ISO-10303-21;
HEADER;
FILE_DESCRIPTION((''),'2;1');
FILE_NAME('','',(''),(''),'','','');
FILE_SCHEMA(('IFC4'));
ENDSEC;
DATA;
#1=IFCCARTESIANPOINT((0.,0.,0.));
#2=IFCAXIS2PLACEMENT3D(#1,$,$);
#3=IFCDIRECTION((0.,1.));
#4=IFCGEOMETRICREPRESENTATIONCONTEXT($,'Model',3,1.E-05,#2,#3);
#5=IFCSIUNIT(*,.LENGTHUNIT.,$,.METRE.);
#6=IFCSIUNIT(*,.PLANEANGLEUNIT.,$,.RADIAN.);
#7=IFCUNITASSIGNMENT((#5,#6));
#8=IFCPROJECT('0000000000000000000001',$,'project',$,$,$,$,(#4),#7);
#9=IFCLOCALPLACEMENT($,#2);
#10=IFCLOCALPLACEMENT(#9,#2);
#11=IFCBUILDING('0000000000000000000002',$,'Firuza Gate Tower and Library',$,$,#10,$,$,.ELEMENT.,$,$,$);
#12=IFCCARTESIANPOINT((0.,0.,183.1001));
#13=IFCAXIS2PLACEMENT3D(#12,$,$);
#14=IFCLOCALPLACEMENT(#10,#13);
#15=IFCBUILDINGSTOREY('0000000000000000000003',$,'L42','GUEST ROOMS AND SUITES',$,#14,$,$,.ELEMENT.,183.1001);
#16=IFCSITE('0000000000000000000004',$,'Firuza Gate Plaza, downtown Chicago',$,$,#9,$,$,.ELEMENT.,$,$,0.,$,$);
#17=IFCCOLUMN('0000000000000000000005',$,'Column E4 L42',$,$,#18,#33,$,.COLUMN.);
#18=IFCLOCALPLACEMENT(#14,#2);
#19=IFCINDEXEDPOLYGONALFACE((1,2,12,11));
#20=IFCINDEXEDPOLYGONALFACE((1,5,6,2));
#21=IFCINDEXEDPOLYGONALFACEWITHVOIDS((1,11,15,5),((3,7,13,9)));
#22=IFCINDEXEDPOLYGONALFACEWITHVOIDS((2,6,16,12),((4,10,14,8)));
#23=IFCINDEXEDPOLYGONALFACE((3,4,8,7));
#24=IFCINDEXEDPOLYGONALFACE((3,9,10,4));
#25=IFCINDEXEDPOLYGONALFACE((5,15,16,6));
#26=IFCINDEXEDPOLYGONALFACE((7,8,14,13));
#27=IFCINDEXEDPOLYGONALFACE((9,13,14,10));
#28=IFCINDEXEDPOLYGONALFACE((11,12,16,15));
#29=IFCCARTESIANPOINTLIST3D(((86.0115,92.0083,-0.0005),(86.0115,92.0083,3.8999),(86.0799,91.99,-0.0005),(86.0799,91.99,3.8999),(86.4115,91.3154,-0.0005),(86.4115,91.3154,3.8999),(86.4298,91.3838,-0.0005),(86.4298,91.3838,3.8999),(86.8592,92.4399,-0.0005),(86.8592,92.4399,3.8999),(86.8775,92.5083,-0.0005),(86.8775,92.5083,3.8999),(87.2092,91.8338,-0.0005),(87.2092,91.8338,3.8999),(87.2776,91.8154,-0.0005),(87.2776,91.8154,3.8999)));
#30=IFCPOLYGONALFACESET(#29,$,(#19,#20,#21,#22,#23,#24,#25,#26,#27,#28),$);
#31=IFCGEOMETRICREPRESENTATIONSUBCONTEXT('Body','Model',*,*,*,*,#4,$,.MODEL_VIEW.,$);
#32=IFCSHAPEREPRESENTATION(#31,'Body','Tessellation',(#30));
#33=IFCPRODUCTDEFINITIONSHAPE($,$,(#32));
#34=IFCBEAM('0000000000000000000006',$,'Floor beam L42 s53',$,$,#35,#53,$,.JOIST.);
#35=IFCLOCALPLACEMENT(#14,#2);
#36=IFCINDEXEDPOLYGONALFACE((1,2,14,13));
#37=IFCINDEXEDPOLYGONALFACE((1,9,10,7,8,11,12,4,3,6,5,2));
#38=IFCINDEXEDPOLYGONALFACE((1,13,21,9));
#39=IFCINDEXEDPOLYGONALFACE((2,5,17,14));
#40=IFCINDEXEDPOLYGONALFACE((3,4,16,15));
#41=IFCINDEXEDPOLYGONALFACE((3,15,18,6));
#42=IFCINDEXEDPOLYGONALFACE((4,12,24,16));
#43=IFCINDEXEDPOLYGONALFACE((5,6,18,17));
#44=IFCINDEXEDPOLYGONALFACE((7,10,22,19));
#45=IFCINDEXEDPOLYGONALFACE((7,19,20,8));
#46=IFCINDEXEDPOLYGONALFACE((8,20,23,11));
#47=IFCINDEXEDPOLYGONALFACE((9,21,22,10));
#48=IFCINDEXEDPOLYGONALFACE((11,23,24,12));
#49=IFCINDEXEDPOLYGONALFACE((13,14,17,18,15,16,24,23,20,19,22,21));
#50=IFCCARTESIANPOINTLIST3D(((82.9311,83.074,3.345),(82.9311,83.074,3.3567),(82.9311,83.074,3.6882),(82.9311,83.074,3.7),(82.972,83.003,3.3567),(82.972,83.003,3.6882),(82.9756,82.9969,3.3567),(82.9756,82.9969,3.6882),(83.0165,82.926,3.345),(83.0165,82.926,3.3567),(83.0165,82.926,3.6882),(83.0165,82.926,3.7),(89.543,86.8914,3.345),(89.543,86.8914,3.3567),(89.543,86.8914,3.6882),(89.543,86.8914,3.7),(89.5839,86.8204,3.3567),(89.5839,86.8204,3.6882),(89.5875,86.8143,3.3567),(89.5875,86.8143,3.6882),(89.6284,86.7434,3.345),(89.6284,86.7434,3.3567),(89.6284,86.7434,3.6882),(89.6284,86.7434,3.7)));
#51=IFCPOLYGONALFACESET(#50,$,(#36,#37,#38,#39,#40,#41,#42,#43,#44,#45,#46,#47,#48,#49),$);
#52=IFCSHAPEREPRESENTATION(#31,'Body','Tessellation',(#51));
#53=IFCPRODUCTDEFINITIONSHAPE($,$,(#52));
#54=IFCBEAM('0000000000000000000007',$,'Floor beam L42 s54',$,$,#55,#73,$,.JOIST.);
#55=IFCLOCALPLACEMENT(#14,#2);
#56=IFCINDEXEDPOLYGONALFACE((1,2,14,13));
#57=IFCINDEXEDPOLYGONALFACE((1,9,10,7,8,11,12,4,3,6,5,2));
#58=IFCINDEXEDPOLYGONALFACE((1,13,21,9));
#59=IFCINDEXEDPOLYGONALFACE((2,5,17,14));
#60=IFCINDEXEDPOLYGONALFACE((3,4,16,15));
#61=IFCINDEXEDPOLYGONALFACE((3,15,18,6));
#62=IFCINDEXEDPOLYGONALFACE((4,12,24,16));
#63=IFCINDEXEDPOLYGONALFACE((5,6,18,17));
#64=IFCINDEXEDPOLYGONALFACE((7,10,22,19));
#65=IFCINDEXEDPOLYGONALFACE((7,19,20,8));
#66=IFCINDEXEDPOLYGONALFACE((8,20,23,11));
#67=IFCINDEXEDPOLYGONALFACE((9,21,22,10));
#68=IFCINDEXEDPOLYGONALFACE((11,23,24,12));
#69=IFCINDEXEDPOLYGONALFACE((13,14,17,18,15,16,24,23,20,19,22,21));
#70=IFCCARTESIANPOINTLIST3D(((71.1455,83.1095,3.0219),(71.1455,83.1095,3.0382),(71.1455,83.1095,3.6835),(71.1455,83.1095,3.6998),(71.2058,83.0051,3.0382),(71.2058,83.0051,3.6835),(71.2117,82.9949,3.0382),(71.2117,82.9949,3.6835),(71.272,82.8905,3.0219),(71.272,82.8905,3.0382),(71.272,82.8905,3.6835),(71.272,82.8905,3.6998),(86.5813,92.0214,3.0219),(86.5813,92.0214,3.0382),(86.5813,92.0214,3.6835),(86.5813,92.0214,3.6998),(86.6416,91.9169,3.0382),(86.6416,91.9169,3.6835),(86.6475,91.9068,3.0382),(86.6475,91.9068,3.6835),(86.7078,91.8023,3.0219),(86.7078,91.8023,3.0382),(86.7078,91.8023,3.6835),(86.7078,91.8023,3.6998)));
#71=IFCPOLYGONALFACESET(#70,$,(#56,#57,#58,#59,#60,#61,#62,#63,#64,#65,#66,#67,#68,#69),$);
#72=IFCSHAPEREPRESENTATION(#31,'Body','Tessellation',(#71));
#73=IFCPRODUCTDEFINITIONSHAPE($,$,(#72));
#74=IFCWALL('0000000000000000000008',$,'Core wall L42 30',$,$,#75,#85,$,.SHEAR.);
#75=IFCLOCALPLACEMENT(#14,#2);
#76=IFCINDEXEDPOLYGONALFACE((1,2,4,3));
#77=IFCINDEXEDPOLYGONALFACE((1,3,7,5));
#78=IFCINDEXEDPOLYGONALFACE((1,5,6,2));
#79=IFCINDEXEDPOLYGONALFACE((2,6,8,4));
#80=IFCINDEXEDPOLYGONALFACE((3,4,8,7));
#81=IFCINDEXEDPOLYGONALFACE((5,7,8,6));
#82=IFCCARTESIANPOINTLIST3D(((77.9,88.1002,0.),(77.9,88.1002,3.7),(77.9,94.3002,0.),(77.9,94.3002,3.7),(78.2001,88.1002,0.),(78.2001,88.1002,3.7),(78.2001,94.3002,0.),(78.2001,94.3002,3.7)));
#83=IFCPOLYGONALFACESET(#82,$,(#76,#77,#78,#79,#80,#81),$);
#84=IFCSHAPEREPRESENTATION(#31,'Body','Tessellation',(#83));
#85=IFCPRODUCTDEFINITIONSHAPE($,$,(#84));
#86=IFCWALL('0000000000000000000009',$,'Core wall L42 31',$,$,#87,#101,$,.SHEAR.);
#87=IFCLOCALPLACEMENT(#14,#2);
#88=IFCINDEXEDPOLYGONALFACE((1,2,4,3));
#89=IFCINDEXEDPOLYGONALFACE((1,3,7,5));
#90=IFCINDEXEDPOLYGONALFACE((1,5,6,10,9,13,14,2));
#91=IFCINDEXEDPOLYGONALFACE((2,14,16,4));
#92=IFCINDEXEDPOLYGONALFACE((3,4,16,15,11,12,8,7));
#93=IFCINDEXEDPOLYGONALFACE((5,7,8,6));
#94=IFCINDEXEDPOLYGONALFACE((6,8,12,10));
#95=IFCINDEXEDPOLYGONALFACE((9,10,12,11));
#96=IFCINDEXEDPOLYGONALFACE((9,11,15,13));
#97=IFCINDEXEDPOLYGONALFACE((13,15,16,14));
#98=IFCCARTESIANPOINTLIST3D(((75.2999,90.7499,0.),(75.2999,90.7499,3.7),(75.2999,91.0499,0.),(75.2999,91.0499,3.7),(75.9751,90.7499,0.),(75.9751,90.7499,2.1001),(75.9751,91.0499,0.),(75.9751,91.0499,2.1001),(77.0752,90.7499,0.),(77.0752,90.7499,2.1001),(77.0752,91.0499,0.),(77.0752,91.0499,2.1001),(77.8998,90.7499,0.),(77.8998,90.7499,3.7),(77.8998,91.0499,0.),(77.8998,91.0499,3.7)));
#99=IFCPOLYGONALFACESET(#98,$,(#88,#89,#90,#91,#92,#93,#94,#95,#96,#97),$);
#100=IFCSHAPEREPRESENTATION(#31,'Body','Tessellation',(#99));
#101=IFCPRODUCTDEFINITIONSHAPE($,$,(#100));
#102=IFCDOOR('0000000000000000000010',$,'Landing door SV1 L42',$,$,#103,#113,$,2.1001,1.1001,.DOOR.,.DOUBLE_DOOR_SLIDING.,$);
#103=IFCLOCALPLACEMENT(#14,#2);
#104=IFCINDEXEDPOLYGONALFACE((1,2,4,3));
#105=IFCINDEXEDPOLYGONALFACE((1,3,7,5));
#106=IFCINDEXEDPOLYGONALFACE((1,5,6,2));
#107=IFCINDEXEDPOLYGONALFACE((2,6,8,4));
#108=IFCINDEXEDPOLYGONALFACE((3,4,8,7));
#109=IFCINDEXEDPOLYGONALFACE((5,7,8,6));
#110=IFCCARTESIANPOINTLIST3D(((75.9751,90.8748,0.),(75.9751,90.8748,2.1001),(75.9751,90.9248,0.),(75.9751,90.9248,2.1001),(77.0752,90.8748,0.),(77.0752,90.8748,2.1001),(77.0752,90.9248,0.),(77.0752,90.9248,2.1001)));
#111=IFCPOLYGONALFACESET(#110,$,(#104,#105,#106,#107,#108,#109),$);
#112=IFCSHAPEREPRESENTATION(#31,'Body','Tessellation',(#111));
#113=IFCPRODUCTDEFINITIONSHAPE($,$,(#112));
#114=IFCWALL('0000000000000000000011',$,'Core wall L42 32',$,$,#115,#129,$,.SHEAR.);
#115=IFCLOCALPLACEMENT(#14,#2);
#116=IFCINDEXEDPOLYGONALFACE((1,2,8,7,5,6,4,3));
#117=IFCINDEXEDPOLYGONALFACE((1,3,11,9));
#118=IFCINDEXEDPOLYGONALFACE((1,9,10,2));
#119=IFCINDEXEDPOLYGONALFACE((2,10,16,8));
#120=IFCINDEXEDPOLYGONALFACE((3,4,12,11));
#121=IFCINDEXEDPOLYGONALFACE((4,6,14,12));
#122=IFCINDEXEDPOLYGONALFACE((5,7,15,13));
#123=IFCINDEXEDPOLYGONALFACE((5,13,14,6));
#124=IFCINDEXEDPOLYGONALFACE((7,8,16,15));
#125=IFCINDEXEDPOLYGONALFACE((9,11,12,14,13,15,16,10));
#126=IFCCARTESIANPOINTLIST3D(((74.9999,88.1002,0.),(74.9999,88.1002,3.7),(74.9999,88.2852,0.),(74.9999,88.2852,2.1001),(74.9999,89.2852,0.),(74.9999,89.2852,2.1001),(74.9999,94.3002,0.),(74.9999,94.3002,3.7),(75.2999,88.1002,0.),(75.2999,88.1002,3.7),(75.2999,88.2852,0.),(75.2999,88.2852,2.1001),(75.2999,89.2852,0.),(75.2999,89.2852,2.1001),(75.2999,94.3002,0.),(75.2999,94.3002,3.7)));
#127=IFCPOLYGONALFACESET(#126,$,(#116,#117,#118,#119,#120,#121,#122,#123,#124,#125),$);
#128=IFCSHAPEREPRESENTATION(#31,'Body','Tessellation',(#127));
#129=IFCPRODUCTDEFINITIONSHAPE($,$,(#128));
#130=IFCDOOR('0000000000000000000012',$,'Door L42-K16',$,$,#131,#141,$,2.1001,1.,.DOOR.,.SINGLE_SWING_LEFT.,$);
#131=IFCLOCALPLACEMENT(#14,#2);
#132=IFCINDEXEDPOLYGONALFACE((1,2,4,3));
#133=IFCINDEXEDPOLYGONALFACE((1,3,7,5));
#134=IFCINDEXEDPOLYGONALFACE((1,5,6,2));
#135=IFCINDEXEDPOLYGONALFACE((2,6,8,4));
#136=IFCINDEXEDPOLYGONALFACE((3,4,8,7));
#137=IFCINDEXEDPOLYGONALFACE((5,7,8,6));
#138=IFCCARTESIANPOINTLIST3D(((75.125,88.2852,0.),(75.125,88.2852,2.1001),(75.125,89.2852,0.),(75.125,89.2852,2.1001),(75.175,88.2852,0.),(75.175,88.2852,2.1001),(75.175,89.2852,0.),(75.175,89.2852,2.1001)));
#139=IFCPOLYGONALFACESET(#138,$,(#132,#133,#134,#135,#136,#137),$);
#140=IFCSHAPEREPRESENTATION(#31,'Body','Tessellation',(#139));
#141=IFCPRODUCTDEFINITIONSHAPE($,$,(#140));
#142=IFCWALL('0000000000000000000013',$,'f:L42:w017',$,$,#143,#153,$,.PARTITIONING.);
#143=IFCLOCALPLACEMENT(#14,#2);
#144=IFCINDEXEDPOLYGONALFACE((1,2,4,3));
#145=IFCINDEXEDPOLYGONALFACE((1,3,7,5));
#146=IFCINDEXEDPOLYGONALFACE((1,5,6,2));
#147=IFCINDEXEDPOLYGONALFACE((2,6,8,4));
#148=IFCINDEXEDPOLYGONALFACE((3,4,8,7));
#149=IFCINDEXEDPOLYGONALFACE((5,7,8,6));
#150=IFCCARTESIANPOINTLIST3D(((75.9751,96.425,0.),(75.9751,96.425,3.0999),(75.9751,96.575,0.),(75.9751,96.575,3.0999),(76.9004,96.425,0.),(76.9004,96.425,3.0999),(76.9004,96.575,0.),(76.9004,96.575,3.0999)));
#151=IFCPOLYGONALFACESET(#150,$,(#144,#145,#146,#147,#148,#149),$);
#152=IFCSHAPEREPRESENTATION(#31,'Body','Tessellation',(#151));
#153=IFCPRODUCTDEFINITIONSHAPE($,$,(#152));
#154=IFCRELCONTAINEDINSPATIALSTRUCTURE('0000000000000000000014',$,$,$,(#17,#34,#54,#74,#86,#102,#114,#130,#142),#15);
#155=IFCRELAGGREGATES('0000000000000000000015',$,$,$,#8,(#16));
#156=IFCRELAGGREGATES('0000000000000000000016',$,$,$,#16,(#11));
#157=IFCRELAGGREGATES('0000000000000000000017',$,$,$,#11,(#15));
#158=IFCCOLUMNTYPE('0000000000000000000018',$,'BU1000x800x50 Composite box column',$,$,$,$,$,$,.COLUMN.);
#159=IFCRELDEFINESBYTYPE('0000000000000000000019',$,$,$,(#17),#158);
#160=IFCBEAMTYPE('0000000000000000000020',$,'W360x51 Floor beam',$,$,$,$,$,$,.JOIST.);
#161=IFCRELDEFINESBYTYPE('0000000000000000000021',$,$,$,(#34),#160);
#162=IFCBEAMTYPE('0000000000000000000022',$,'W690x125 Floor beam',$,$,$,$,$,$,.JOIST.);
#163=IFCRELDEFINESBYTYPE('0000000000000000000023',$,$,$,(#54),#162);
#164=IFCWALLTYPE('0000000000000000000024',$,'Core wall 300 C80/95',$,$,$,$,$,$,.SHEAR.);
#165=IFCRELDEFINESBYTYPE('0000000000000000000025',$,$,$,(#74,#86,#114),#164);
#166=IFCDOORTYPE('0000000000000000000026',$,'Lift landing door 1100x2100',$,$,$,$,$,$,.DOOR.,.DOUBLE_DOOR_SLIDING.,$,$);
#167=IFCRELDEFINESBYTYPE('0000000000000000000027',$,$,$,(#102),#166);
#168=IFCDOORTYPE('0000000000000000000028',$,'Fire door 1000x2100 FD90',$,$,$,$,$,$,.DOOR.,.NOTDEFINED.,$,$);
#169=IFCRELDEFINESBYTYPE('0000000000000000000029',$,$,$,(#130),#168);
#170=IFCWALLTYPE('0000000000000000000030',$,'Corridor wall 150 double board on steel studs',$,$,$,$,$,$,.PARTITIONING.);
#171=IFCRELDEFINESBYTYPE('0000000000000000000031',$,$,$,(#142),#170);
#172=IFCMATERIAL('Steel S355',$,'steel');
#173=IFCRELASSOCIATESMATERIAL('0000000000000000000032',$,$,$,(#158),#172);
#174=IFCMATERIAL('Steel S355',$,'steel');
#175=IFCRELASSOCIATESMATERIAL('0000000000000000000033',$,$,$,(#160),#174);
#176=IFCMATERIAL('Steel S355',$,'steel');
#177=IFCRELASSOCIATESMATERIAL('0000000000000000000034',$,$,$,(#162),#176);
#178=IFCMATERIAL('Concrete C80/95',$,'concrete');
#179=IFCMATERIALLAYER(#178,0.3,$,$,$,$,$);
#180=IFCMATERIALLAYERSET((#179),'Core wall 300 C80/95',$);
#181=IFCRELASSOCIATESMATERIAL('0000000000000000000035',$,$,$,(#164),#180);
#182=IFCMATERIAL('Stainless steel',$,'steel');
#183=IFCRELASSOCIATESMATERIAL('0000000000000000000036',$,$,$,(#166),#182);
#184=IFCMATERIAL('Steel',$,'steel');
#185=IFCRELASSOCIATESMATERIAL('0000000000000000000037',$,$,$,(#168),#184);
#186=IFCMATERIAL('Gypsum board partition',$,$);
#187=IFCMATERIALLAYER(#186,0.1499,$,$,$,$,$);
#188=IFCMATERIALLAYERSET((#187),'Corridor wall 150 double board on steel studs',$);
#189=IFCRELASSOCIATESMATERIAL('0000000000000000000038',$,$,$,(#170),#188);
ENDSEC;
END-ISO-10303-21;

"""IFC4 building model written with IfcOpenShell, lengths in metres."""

from ifc_helpers import new_model, si_unit, direction, frame, frame_2d, origin, origin_2d, place, context, subcontext, project, spatial, rectangle, hollow_rectangle, i_section, extrude, material, layer, layer_set, material_profile, profile_set, type_object, element, fill, save


model = new_model("IFC4")

# Units and contexts
model_context = context("Model", 3, precision=1e-05, world=origin(), true_north=direction((0.0, 1.0)))
body_context = subcontext(model_context, "Body", "Model", "MODEL_VIEW")
ifc_project = project(units=[si_unit("LENGTHUNIT", "METRE"), si_unit("PLANEANGLEUNIT", "RADIAN")], contexts=[model_context])

# Site, building, storey
site_placement = place(None, origin())
site = spatial("IfcSite", under=ifc_project, at=site_placement, Name="Firuza Gate Plaza, downtown Chicago", CompositionType="ELEMENT", RefElevation=0.0)
building_placement = place(site_placement, origin())
building = spatial("IfcBuilding", under=site, at=building_placement, Name="Firuza Gate Tower and Library", CompositionType="ELEMENT")
storey_placement = place(building_placement, frame((0.0, 0.0, 183.1001)))
storey = spatial("IfcBuildingStorey", under=building, at=storey_placement, Name="L42", Description="GUEST ROOMS AND SUITES", CompositionType="ELEMENT", Elevation=183.1001)

# Column
ifc_material_1 = material(Name="Steel S355", Category="steel")
ifc_material_profile_1 = material_profile(ifc_material_1, hollow_rectangle(XDim=0.8, YDim=1.0, WallThickness=0.05, at=origin_2d()))
ifc_profile_set_1 = profile_set([ifc_material_profile_1], Name="Steel S355")
column_type = type_object("IfcColumnType", Name="BU1000x800x50 Composite box column", PredefinedType="COLUMN", material=ifc_profile_set_1)
column_placement = place(storey_placement, frame((86.6445, 91.9119, -0.0005), z_axis=(0.0, 0.0, 1.0), x_axis=(-0.5, 0.866025, 0.0)))
element("IfcColumn", 1, at=column_placement, inside=storey, type_object=column_type, Name="Column E4 L42", PredefinedType="COLUMN", context=body_context, shape_type="SweptSolid", body=[
    extrude(hollow_rectangle(XDim=0.8, YDim=1.0, WallThickness=0.05, at=origin_2d()), origin(), (0.0, 0.0, 1.0), 3.9004),
])

# Beams
ifc_material_2 = material(Name="Steel S355", Category="steel")
ifc_material_profile_2 = material_profile(ifc_material_2, i_section(OverallWidth=0.1709, OverallDepth=0.355, WebThickness=0.0071, FlangeThickness=0.0117, at=origin_2d()))
ifc_profile_set_2 = profile_set([ifc_material_profile_2], Name="Steel S355")
beam_type_1 = type_object("IfcBeamType", Name="W360x51 Floor beam", PredefinedType="JOIST", material=ifc_profile_set_2)
beam_1_placement = place(storey_placement, frame((89.5857, 86.8174, 3.5225), z_axis=(-0.866023, -0.500005, 0.0), x_axis=(0.500005, -0.866023, 0.0)))
element("IfcBeam", 2, at=beam_1_placement, inside=storey, type_object=beam_type_1, Name="Floor beam L42 s53", PredefinedType="JOIST", context=body_context, shape_type="SweptSolid", body=[
    extrude(i_section(OverallWidth=0.1709, OverallDepth=0.355, WebThickness=0.0071, FlangeThickness=0.0117, at=origin_2d()), origin(), (0.0, 0.0, 1.0), 7.6348),
])
ifc_material_3 = material(Name="Steel S355", Category="steel")
ifc_material_profile_3 = material_profile(ifc_material_3, i_section(OverallWidth=0.2529, OverallDepth=0.678, WebThickness=0.0117, FlangeThickness=0.0164, at=origin_2d()))
ifc_profile_set_3 = profile_set([ifc_material_profile_3], Name="Steel S355")
beam_type_2 = type_object("IfcBeamType", Name="W690x125 Floor beam", PredefinedType="JOIST", material=ifc_profile_set_3)
beam_2_placement = place(storey_placement, frame((86.6445, 91.9119, 3.3608), z_axis=(-0.866025, -0.5, 0.0), x_axis=(0.5, -0.866025, 0.0)))
element("IfcBeam", 3, at=beam_2_placement, inside=storey, type_object=beam_type_2, Name="Floor beam L42 s54", PredefinedType="JOIST", context=body_context, shape_type="SweptSolid", body=[
    extrude(i_section(OverallWidth=0.2529, OverallDepth=0.678, WebThickness=0.0117, FlangeThickness=0.0164, at=origin_2d()), origin(), (0.0, 0.0, 1.0), 17.8237),
])

# Wall
ifc_material_4 = material(Name="Concrete C80/95", Category="concrete")
ifc_layer_1 = layer(ifc_material_4, 0.3)
ifc_layer_set_1 = layer_set([ifc_layer_1], Name="Core wall 300 C80/95")
wall_type_1 = type_object("IfcWallType", Name="Core wall 300 C80/95", PredefinedType="SHEAR", material=ifc_layer_set_1)
wall_1_placement = place(storey_placement, frame((78.05, 88.1001, 0.0), z_axis=(0.0, 0.0, 1.0), x_axis=(0.0, 1.0, 0.0)))
element("IfcWall", 4, at=wall_1_placement, inside=storey, type_object=wall_type_1, Name="Core wall L42 30", PredefinedType="SHEAR", context=body_context, shape_type="SweptSolid", body=[
    extrude(rectangle(XDim=6.2, YDim=0.3, at=frame_2d((3.1001, 0.0))), origin(), (0.0, 0.0, 1.0), 3.7),
])

# Walls, openings, doors
wall_2_placement = place(storey_placement, frame((75.3, 90.8999, 0.0), z_axis=(0.0, 0.0, 1.0), x_axis=(1.0, 0.0, 0.0)))
wall_2 = element("IfcWall", 5, at=wall_2_placement, inside=storey, type_object=wall_type_1, Name="Core wall L42 31", PredefinedType="SHEAR", context=body_context, shape_type="SweptSolid", body=[
    extrude(rectangle(XDim=2.5999, YDim=0.3, at=frame_2d((1.2998, 0.0))), origin(), (0.0, 0.0, 1.0), 3.7),
])
opening_1_placement = place(wall_2_placement, frame((0.675, 0.0, 0.0)))
opening_1 = element("IfcOpeningElement", 6, at=opening_1_placement, cuts=wall_2, PredefinedType="OPENING", context=body_context, shape_type="SweptSolid", body=[
    extrude(rectangle(XDim=1.1001, YDim=2.1001, at=frame_2d((0.55, 1.05))), frame((0.0, 0.1602, 0.0), z_axis=(0.0, -1.0, 0.0), x_axis=(1.0, 0.0, 0.0)), (0.0, 0.0, 1.0), 0.3201),
])
ifc_material_5 = material(Name="Stainless steel", Category="steel")
door_type_1 = type_object("IfcDoorType", Name="Lift landing door 1100x2100", OperationType="DOUBLE_DOOR_SLIDING", PredefinedType="DOOR", material=ifc_material_5)
door_1_placement = place(opening_1_placement, origin())
door_1 = element("IfcDoor", 7, at=door_1_placement, inside=storey, type_object=door_type_1, Name="Landing door SV1 L42", OperationType="DOUBLE_DOOR_SLIDING", OverallHeight=2.1001, OverallWidth=1.1001, PredefinedType="DOOR", context=body_context, shape_type="SweptSolid", body=[
    extrude(rectangle(XDim=1.1001, YDim=2.1001, at=frame_2d((0.55, 1.05))), frame((0.0, 0.0249, 0.0), z_axis=(0.0, -1.0, 0.0), x_axis=(1.0, 0.0, 0.0)), (0.0, 0.0, 1.0), 0.05),
])
fill(opening_1, door_1)
wall_3_placement = place(storey_placement, frame((75.1499, 88.1001, 0.0), z_axis=(0.0, 0.0, 1.0), x_axis=(0.0, 1.0, 0.0)))
wall_3 = element("IfcWall", 8, at=wall_3_placement, inside=storey, type_object=wall_type_1, Name="Core wall L42 32", PredefinedType="SHEAR", context=body_context, shape_type="SweptSolid", body=[
    extrude(rectangle(XDim=6.2, YDim=0.3, at=frame_2d((3.1001, 0.0))), origin(), (0.0, 0.0, 1.0), 3.7),
])
opening_2_placement = place(wall_3_placement, frame((0.1851, 0.0, 0.0)))
opening_2 = element("IfcOpeningElement", 9, at=opening_2_placement, cuts=wall_3, PredefinedType="OPENING", context=body_context, shape_type="SweptSolid", body=[
    extrude(rectangle(XDim=1.0, YDim=2.1001, at=frame_2d((0.5, 1.05))), frame((0.0, 0.1602, 0.0), z_axis=(0.0, -1.0, 0.0), x_axis=(1.0, 0.0, 0.0)), (0.0, 0.0, 1.0), 0.3201),
])
ifc_material_6 = material(Name="Steel", Category="steel")
door_type_2 = type_object("IfcDoorType", Name="Fire door 1000x2100 FD90", OperationType="NOTDEFINED", PredefinedType="DOOR", material=ifc_material_6)
door_2_placement = place(opening_2_placement, origin())
door_2 = element("IfcDoor", 10, at=door_2_placement, inside=storey, type_object=door_type_2, Name="Door L42-K16", OperationType="SINGLE_SWING_LEFT", OverallHeight=2.1001, OverallWidth=1.0, PredefinedType="DOOR", context=body_context, shape_type="SweptSolid", body=[
    extrude(rectangle(XDim=1.0, YDim=2.1001, at=frame_2d((0.5, 1.05))), frame((0.0, 0.0249, 0.0), z_axis=(0.0, -1.0, 0.0), x_axis=(1.0, 0.0, 0.0)), (0.0, 0.0, 1.0), 0.05),
])
fill(opening_2, door_2)

# Wall
ifc_material_7 = material(Name="Gypsum board partition")
ifc_layer_2 = layer(ifc_material_7, 0.1499)
ifc_layer_set_2 = layer_set([ifc_layer_2], Name="Corridor wall 150 double board on steel studs")
wall_type_2 = type_object("IfcWallType", Name="Corridor wall 150 double board on steel studs", PredefinedType="PARTITIONING", material=ifc_layer_set_2)
wall_4_placement = place(storey_placement, frame((75.9751, 96.5, 0.0), z_axis=(0.0, 0.0, 1.0), x_axis=(1.0, 0.0, 0.0)))
element("IfcWall", 11, at=wall_4_placement, inside=storey, type_object=wall_type_2, Name="f:L42:w017", PredefinedType="PARTITIONING", context=body_context, shape_type="SweptSolid", body=[
    extrude(rectangle(XDim=0.9253, YDim=0.1499, at=frame_2d((0.4626, 0.0))), origin(), (0.0, 0.0, 1.0), 3.0999),
])

save(model, "model.ifc")
